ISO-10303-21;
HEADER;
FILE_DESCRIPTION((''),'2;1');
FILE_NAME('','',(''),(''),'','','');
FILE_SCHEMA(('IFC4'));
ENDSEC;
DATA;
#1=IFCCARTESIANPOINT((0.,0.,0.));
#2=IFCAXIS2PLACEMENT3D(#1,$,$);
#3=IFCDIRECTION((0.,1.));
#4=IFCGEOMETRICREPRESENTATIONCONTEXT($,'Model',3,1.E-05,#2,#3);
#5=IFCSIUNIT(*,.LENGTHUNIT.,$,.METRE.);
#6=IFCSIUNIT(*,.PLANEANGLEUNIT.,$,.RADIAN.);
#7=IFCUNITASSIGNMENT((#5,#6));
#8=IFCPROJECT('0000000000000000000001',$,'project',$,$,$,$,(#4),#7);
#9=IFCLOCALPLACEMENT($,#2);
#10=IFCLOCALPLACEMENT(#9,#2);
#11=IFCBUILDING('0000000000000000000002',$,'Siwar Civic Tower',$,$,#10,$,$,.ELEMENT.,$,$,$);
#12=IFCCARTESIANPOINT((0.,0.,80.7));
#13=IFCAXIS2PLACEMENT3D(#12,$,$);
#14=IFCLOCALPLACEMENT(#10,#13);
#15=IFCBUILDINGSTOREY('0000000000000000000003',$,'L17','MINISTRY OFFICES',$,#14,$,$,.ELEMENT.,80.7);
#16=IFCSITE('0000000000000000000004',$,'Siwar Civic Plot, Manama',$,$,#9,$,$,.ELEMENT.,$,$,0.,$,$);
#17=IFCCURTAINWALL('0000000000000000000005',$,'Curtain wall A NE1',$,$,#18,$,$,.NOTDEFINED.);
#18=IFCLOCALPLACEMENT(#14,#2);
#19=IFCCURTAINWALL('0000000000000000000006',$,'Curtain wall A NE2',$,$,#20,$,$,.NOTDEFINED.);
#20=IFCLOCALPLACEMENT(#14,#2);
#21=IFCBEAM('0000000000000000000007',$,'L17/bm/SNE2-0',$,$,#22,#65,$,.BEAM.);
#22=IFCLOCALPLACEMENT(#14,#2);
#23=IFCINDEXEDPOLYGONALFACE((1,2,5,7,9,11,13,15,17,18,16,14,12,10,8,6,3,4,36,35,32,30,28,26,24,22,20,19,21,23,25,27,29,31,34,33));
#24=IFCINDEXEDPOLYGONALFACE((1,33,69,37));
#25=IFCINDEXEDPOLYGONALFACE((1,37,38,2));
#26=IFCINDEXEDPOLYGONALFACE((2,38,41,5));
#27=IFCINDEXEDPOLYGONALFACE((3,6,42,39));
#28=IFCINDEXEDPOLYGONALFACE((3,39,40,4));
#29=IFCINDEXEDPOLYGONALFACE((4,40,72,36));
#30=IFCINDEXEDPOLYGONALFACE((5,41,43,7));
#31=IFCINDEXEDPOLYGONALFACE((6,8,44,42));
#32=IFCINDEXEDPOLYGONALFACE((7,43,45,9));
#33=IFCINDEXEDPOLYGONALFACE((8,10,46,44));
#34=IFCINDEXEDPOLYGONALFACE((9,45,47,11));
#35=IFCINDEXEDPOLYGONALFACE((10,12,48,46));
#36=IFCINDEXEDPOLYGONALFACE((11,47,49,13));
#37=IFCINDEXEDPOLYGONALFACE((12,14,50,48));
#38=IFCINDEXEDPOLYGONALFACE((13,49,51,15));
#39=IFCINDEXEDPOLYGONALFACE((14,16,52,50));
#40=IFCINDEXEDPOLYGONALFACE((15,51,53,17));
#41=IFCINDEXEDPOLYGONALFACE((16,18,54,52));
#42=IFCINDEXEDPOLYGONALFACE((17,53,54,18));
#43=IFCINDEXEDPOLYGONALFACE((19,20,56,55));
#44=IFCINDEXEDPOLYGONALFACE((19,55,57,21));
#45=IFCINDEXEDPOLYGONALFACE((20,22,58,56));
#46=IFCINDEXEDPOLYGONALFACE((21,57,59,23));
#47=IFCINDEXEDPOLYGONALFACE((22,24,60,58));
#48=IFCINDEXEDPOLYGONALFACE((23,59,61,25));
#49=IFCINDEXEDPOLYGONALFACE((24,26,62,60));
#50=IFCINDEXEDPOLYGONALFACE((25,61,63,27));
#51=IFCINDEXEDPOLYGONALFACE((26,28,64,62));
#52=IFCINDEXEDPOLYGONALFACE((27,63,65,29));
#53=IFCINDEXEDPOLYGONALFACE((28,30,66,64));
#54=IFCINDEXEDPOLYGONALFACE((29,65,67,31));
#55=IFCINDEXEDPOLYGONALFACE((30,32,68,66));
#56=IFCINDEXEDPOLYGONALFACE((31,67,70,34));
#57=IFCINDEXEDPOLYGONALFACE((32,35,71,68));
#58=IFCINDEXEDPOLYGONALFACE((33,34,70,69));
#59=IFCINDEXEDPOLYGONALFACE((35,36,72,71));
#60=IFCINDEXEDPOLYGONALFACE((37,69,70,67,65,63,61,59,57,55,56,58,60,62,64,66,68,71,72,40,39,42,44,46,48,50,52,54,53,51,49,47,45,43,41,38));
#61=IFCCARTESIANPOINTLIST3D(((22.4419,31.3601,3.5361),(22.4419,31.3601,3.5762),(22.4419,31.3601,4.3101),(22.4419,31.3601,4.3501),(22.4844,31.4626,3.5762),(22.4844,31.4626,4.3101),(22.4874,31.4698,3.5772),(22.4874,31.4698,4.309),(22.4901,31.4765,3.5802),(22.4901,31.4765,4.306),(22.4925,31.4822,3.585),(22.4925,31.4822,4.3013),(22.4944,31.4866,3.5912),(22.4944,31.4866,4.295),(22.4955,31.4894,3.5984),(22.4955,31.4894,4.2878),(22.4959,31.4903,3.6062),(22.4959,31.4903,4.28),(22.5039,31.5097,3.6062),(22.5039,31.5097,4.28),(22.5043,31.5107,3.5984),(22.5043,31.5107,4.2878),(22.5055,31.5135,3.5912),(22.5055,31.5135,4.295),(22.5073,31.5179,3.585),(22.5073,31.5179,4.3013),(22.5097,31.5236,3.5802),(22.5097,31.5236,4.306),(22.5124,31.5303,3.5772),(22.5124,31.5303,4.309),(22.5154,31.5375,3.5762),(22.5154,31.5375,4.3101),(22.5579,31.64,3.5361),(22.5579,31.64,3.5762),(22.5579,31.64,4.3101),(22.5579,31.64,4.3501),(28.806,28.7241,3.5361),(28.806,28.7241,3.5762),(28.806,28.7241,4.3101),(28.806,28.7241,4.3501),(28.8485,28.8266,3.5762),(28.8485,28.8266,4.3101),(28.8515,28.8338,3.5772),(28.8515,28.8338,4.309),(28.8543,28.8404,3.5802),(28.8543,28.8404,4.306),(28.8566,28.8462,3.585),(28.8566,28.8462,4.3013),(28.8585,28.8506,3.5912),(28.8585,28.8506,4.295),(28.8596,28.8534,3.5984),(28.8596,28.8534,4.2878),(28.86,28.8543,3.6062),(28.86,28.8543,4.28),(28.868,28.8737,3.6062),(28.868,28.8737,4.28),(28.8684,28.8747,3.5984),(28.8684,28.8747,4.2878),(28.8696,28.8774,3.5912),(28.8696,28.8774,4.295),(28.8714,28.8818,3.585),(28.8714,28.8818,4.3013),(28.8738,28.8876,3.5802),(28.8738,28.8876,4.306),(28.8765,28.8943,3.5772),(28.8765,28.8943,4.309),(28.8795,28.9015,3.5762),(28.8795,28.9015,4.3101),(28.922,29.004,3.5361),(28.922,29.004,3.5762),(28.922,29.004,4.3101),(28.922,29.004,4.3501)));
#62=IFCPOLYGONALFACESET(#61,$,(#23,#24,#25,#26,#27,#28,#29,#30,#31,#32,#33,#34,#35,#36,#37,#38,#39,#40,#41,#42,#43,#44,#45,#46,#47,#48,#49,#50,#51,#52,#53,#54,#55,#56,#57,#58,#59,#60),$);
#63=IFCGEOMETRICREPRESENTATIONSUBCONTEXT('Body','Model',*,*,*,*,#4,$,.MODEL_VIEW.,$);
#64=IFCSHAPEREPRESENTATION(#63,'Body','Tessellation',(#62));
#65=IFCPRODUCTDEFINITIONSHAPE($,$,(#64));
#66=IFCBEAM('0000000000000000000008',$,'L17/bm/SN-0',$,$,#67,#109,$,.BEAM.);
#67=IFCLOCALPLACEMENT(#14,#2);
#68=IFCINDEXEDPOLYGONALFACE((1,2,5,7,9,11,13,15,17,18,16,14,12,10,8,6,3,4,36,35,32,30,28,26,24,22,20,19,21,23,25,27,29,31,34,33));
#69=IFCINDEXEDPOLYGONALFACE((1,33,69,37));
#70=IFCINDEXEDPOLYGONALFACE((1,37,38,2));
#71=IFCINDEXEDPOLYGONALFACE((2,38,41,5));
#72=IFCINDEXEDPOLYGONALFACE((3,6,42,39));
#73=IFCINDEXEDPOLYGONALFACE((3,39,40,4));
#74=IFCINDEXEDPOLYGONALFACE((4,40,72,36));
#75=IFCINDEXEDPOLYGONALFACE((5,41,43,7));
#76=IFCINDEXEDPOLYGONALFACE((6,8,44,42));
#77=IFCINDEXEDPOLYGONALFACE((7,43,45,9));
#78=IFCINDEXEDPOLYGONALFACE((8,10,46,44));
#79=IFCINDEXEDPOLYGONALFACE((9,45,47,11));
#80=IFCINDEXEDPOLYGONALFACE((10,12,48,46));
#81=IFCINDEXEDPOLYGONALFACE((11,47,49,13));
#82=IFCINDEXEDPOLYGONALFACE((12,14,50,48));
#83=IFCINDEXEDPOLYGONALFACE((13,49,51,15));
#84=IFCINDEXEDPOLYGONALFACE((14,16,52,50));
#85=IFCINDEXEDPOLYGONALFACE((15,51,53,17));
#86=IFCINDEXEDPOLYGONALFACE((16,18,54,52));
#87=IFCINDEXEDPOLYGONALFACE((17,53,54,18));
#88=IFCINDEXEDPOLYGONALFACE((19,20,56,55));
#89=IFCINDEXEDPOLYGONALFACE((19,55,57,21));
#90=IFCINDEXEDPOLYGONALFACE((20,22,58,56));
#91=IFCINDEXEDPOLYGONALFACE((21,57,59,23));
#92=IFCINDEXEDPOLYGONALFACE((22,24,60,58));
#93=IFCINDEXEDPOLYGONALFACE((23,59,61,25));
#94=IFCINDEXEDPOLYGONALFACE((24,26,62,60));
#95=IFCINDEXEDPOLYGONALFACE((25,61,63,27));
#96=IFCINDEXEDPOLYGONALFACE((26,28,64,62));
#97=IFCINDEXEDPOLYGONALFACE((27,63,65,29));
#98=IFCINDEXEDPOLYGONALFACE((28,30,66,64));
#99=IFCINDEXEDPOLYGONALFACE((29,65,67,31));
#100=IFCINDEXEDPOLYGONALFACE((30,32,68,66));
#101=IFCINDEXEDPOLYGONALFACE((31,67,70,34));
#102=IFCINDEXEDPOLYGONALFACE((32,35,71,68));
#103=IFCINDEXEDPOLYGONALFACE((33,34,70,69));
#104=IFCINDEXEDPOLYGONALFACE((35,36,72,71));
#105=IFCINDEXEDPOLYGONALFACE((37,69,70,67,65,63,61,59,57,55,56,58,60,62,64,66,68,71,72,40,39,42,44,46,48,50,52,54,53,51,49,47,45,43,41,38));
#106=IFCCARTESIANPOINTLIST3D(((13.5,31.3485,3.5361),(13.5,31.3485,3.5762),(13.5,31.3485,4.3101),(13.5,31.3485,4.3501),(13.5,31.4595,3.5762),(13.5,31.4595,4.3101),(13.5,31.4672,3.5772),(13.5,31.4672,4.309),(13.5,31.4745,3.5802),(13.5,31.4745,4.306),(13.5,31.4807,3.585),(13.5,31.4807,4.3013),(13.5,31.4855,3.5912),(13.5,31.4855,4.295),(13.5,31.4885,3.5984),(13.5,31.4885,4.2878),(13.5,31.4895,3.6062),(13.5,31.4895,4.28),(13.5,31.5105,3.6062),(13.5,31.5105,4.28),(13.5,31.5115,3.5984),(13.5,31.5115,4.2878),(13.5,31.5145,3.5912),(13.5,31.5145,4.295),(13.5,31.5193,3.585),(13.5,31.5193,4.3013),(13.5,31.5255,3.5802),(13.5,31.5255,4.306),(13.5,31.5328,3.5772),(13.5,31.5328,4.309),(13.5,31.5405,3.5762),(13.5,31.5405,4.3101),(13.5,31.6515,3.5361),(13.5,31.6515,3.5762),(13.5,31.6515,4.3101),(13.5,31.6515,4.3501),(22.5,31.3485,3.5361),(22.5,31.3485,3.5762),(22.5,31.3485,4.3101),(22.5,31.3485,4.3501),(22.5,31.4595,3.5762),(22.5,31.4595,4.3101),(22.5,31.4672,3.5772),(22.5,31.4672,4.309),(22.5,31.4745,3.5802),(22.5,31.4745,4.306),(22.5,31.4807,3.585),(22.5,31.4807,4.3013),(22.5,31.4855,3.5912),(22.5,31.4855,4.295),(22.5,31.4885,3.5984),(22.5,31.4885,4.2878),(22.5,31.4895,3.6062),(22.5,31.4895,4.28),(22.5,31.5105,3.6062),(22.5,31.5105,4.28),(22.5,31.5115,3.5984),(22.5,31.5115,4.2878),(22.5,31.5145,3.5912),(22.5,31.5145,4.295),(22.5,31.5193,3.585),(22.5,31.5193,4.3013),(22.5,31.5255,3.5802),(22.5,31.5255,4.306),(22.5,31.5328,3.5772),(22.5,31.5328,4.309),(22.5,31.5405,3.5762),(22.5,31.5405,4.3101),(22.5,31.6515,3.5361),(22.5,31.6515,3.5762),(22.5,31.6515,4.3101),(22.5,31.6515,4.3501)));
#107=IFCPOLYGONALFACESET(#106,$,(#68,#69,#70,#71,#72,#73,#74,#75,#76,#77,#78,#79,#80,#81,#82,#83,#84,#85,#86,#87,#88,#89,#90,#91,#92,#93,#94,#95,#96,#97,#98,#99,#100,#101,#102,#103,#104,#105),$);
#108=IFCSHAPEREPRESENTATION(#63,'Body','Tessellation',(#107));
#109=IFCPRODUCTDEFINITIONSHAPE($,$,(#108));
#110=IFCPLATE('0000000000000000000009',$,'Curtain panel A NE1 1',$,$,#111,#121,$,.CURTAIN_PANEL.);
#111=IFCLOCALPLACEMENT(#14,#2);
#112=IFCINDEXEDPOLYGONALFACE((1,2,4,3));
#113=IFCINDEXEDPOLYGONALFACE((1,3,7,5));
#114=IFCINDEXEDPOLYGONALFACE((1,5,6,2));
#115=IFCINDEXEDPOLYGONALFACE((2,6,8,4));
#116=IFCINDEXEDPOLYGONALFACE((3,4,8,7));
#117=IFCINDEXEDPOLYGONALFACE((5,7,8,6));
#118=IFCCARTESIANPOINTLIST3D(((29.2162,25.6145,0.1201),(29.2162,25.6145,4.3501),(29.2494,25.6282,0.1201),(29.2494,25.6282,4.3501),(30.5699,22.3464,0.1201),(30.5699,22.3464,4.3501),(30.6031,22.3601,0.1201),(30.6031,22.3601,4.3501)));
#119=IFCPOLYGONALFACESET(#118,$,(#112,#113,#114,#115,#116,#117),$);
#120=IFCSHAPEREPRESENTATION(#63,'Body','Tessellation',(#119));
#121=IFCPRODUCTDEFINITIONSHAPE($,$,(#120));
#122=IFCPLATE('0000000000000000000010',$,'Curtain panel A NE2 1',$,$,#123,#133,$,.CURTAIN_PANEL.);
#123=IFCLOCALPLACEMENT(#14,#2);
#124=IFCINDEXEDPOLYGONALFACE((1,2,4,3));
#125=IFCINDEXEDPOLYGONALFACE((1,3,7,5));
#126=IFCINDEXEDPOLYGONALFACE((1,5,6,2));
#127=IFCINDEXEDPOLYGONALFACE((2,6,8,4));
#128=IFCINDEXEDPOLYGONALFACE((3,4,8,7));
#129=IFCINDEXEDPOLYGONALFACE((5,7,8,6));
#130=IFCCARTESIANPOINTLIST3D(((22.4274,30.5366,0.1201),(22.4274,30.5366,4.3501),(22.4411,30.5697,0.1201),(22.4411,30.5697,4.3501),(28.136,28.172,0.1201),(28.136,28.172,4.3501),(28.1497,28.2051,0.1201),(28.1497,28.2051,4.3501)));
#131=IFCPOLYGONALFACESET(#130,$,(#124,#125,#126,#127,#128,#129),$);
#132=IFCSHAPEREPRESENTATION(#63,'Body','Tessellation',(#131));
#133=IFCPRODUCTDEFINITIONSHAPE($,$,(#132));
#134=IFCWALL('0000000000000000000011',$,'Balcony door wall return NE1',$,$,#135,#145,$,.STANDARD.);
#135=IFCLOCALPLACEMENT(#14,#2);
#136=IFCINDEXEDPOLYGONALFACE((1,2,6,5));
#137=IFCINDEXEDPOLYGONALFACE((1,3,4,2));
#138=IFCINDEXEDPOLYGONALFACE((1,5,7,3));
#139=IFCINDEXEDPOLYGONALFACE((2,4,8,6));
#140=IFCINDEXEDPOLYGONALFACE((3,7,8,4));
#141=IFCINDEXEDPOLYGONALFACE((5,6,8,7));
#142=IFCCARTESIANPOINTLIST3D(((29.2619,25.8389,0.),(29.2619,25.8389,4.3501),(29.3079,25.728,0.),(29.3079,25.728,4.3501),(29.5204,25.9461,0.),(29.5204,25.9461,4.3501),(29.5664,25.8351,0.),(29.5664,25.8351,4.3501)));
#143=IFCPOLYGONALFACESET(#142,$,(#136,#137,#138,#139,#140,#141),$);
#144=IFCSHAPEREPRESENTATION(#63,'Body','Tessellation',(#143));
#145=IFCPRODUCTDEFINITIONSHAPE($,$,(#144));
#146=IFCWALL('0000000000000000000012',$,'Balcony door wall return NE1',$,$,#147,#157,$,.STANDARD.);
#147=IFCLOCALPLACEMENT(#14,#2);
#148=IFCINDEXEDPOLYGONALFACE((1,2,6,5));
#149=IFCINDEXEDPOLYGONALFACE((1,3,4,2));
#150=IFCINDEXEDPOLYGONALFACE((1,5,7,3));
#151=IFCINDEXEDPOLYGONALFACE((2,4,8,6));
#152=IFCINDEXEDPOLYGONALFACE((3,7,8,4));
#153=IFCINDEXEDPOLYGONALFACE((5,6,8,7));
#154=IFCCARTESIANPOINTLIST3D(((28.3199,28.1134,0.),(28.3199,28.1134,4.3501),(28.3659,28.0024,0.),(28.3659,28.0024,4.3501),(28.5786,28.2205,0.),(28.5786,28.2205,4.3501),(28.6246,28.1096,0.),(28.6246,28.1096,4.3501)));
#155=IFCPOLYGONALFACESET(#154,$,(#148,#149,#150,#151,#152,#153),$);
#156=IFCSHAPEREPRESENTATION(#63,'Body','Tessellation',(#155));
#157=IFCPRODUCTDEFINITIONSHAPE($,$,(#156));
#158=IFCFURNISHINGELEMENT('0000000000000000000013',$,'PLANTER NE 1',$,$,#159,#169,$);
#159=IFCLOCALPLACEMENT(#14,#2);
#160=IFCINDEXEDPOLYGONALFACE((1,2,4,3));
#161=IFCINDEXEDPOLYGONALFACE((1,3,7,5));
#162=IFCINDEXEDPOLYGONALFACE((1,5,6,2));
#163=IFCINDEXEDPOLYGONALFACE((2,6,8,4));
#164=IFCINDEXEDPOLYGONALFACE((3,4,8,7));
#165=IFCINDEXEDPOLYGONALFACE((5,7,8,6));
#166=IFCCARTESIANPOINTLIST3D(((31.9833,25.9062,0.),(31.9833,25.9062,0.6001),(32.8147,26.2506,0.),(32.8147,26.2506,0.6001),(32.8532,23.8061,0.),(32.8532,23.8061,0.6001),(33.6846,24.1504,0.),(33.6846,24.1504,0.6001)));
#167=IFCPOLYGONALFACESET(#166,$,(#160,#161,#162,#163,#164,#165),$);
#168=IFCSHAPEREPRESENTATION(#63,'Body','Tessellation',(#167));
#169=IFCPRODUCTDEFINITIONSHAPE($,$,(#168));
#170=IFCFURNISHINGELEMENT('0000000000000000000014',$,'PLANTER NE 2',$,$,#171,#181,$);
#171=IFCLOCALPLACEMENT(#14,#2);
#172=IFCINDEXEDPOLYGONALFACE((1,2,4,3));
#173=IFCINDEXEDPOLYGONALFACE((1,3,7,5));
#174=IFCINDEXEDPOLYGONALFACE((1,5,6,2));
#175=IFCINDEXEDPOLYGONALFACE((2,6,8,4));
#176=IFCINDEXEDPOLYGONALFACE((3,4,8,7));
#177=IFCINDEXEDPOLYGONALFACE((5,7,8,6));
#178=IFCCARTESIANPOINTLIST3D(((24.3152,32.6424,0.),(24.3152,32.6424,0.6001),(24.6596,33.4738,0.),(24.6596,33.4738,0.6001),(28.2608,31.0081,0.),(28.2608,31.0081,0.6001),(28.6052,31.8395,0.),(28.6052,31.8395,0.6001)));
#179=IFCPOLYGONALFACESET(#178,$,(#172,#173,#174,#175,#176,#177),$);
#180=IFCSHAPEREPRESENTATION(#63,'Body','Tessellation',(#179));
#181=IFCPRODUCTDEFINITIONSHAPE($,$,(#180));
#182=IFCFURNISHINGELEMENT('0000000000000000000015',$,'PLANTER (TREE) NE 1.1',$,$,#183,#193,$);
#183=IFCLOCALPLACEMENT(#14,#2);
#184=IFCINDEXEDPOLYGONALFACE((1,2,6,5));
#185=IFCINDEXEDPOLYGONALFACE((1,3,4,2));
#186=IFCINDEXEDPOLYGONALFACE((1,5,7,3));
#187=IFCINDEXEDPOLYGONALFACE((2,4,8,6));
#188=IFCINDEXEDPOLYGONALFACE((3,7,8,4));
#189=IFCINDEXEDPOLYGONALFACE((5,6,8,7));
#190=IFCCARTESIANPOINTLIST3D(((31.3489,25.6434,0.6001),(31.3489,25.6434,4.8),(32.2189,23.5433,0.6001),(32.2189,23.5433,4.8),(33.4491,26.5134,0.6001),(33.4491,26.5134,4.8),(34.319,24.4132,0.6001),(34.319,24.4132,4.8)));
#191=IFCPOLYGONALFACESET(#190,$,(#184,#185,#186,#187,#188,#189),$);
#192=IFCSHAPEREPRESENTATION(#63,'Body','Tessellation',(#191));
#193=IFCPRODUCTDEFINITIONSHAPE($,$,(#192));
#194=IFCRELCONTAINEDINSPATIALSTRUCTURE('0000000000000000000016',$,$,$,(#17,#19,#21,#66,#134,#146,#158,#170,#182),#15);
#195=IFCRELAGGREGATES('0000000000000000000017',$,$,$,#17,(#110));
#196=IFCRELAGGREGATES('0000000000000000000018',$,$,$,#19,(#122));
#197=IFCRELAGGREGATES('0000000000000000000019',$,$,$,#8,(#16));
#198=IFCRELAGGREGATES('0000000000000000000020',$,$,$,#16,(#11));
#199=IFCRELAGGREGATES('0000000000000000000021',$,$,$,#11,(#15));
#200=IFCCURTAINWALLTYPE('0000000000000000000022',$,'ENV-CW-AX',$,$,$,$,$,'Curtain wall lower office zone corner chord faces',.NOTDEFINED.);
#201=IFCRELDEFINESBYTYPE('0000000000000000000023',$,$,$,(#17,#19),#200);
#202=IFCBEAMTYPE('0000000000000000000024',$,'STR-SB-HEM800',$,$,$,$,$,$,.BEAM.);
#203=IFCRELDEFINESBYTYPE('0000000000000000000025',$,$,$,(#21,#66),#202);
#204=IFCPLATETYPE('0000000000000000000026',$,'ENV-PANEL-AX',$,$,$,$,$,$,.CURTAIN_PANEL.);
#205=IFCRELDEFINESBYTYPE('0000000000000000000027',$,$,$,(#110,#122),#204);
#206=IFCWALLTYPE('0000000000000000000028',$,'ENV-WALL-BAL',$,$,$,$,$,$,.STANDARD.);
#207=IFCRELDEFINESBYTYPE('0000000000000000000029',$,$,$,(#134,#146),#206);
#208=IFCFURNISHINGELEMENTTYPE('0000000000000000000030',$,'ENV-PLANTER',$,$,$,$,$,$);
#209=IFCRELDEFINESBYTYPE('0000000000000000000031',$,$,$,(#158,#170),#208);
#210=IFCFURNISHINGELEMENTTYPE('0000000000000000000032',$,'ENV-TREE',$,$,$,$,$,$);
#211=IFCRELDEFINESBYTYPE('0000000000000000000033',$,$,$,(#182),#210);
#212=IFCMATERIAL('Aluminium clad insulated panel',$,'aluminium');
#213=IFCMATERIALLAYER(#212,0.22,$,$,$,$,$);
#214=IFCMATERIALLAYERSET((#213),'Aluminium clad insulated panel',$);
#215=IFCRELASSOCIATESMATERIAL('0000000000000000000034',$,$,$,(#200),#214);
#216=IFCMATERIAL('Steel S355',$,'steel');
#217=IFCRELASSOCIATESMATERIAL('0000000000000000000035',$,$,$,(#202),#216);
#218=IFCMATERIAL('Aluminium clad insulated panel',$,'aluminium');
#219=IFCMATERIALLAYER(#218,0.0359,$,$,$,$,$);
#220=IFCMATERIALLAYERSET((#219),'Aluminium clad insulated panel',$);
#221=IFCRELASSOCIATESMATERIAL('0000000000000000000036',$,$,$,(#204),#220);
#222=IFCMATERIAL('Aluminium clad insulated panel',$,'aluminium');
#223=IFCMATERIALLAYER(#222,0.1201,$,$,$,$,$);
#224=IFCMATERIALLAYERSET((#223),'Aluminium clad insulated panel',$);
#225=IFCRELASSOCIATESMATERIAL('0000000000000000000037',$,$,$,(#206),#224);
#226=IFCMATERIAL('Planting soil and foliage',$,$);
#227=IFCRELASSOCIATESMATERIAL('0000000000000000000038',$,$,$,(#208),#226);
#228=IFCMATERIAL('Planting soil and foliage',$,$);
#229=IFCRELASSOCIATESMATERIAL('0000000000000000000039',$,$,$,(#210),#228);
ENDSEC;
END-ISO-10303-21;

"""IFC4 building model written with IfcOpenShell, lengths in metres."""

from ifc_helpers import new_model, si_unit, direction, frame, frame_2d, origin, origin_2d, place, context, subcontext, project, spatial, rectangle, i_section, extrude, material, layer, layer_set, material_profile, profile_set, type_object, element, aggregate, save


model = new_model("IFC4")

# Units and contexts
model_context = context("Model", 3, precision=1e-05, world=origin(), true_north=direction((0.0, 1.0)))
body_context = subcontext(model_context, "Body", "Model", "MODEL_VIEW")
ifc_project = project(units=[si_unit("LENGTHUNIT", "METRE"), si_unit("PLANEANGLEUNIT", "RADIAN")], contexts=[model_context])

# Site, building, storey
site_placement = place(None, origin())
site = spatial("IfcSite", under=ifc_project, at=site_placement, Name="Siwar Civic Plot, Manama", CompositionType="ELEMENT", RefElevation=0.0)
building_placement = place(site_placement, origin())
building = spatial("IfcBuilding", under=site, at=building_placement, Name="Siwar Civic Tower", CompositionType="ELEMENT")
storey_placement = place(building_placement, frame((0.0, 0.0, 80.7)))
storey = spatial("IfcBuildingStorey", under=building, at=storey_placement, Name="L17", Description="MINISTRY OFFICES", CompositionType="ELEMENT", Elevation=80.7)

# Curtain walls
ifc_material_1 = material(Name="Aluminium clad insulated panel", Category="aluminium")
ifc_layer_1 = layer(ifc_material_1, 0.22)
ifc_layer_set_1 = layer_set([ifc_layer_1], Name="Aluminium clad insulated panel")
curtain_wall_type_1 = type_object("IfcCurtainWallType", Name="ENV-CW-AX", ElementType="Curtain wall lower office zone corner chord faces", PredefinedType="NOTDEFINED", material=ifc_layer_set_1)
curtain_wall_1_placement = place(storey_placement, origin())
curtain_wall_1 = element("IfcCurtainWall", 1, at=curtain_wall_1_placement, inside=storey, type_object=curtain_wall_type_1, Name="Curtain wall A NE1", PredefinedType="NOTDEFINED")
curtain_wall_2_placement = place(storey_placement, origin())
curtain_wall_2 = element("IfcCurtainWall", 2, at=curtain_wall_2_placement, inside=storey, type_object=curtain_wall_type_1, Name="Curtain wall A NE2", PredefinedType="NOTDEFINED")

# Beams
ifc_material_2 = material(Name="Steel S355", Category="steel")
ifc_material_profile_1 = material_profile(ifc_material_2, i_section(OverallWidth=0.303, OverallDepth=0.814, WebThickness=0.021, FlangeThickness=0.04, FilletRadius=0.03, at=origin_2d()), Name="HEM800")
ifc_profile_set_1 = profile_set([ifc_material_profile_1], Name="Steel S355")
beam_type_1 = type_object("IfcBeamType", Name="STR-SB-HEM800", PredefinedType="BEAM", material=ifc_profile_set_1)
beam_1_placement = place(storey_placement, frame((28.864, 28.864, 3.9431), z_axis=(-0.923883, 0.382674, 0.0), x_axis=(-0.382674, -0.923883, 0.0)))
element("IfcBeam", 3, at=beam_1_placement, inside=storey, type_object=beam_type_1, Name="L17/bm/SNE2-0", PredefinedType="BEAM", context=body_context, shape_type="SweptSolid", body=[
    extrude(i_section(OverallWidth=0.303, OverallDepth=0.814, WebThickness=0.021, FlangeThickness=0.04, FilletRadius=0.03, at=origin_2d()), origin(), (0.0, 0.0, 1.0), 6.8884),
])
beam_2_placement = place(storey_placement, frame((22.5, 31.5, 3.9431), z_axis=(-1.0, 0.0, 0.0), x_axis=(0.0, -1.0, 0.0)))
element("IfcBeam", 4, at=beam_2_placement, inside=storey, type_object=beam_type_1, Name="L17/bm/SN-0", PredefinedType="BEAM", context=body_context, shape_type="SweptSolid", body=[
    extrude(i_section(OverallWidth=0.303, OverallDepth=0.814, WebThickness=0.021, FlangeThickness=0.04, FilletRadius=0.03, at=origin_2d()), origin(), (0.0, 0.0, 1.0), 9.0),
])

# Plates
ifc_material_3 = material(Name="Aluminium clad insulated panel", Category="aluminium")
ifc_layer_2 = layer(ifc_material_3, 0.0359)
ifc_layer_set_2 = layer_set([ifc_layer_2], Name="Aluminium clad insulated panel")
plate_type = type_object("IfcPlateType", Name="ENV-PANEL-AX", PredefinedType="CURTAIN_PANEL", material=ifc_layer_set_2)
plate_1_placement = place(storey_placement, frame((29.9097, 23.9873, 0.1201), z_axis=(0.0, 0.0, 1.0), x_axis=(-0.382683, 0.92388, 0.0)))
plate_1 = element("IfcPlate", 5, at=plate_1_placement, type_object=plate_type, Name="Curtain panel A NE1 1", PredefinedType="CURTAIN_PANEL", context=body_context, shape_type="SweptSolid", body=[
    extrude(rectangle(XDim=3.5374, YDim=0.0359, at=origin_2d()), origin(), (0.0, 0.0, 1.0), 4.23),
])
aggregate(curtain_wall_1, [plate_1])
plate_2_placement = place(storey_placement, frame((25.2886, 29.3708, 0.1201), z_axis=(0.0, 0.0, 1.0), x_axis=(-0.92388, 0.382683, 0.0)))
plate_2 = element("IfcPlate", 6, at=plate_2_placement, type_object=plate_type, Name="Curtain panel A NE2 1", PredefinedType="CURTAIN_PANEL", context=body_context, shape_type="SweptSolid", body=[
    extrude(rectangle(XDim=6.179, YDim=0.0359, at=origin_2d()), origin(), (0.0, 0.0, 1.0), 4.23),
])
aggregate(curtain_wall_2, [plate_2])

# Walls
ifc_material_4 = material(Name="Aluminium clad insulated panel", Category="aluminium")
ifc_layer_3 = layer(ifc_material_4, 0.1201)
ifc_layer_set_3 = layer_set([ifc_layer_3], Name="Aluminium clad insulated panel")
wall_type = type_object("IfcWallType", Name="ENV-WALL-BAL", PredefinedType="STANDARD", material=ifc_layer_set_3)
wall_1_placement = place(storey_placement, frame((29.2849, 25.7834, 0.0), z_axis=(0.0, 0.0, 1.0), x_axis=(0.923772, 0.382942, 0.0)))
element("IfcWall", 7, at=wall_1_placement, inside=storey, type_object=wall_type, Name="Balcony door wall return NE1", PredefinedType="STANDARD", context=body_context, shape_type="SweptSolid", body=[
    extrude(rectangle(XDim=0.2798, YDim=0.1201, at=frame_2d((0.1399, 0.0))), origin(), (0.0, 0.0, 1.0), 4.3501),
])
wall_2_placement = place(storey_placement, frame((28.3428, 28.0579, 0.0), z_axis=(0.0, 0.0, 1.0), x_axis=(0.9239, 0.382634, 0.0)))
element("IfcWall", 8, at=wall_2_placement, inside=storey, type_object=wall_type, Name="Balcony door wall return NE1", PredefinedType="STANDARD", context=body_context, shape_type="SweptSolid", body=[
    extrude(rectangle(XDim=0.28, YDim=0.1201, at=frame_2d((0.1401, 0.0))), origin(), (0.0, 0.0, 1.0), 4.3501),
])

# Furnishing elements
ifc_material_5 = material(Name="Planting soil and foliage")
furnishing_element_type_1 = type_object("IfcFurnishingElementType", Name="ENV-PLANTER", material=ifc_material_5)
furnishing_1_placement = place(storey_placement, frame((32.834, 25.0283, 0.0), z_axis=(0.0, 0.0, 1.0), x_axis=(-0.382683, 0.92388, 0.0)))
element("IfcFurnishingElement", 9, at=furnishing_1_placement, inside=storey, type_object=furnishing_element_type_1, Name="PLANTER NE 1", context=body_context, shape_type="SweptSolid", body=[
    extrude(rectangle(XDim=2.2732, YDim=0.8999, at=origin_2d()), origin(), (0.0, 0.0, 1.0), 0.6001),
])
furnishing_2_placement = place(storey_placement, frame((26.4602, 32.241, 0.0), z_axis=(0.0, 0.0, 1.0), x_axis=(-0.92388, 0.382683, 0.0)))
element("IfcFurnishingElement", 10, at=furnishing_2_placement, inside=storey, type_object=furnishing_element_type_1, Name="PLANTER NE 2", context=body_context, shape_type="SweptSolid", body=[
    extrude(rectangle(XDim=4.2708, YDim=0.8999, at=origin_2d()), origin(), (0.0, 0.0, 1.0), 0.6001),
])
ifc_material_6 = material(Name="Planting soil and foliage")
furnishing_element_type_2 = type_object("IfcFurnishingElementType", Name="ENV-TREE", material=ifc_material_6)
furnishing_3_placement = place(storey_placement, frame((32.834, 25.0283, 0.6001), z_axis=(0.0, 0.0, 1.0), x_axis=(-0.382683, 0.92388, 0.0)))
element("IfcFurnishingElement", 11, at=furnishing_3_placement, inside=storey, type_object=furnishing_element_type_2, Name="PLANTER (TREE) NE 1.1", context=body_context, shape_type="SweptSolid", body=[
    extrude(rectangle(XDim=2.2732, YDim=2.2732, at=origin_2d()), origin(), (0.0, 0.0, 1.0), 4.2),
])

save(model, "model.ifc")
